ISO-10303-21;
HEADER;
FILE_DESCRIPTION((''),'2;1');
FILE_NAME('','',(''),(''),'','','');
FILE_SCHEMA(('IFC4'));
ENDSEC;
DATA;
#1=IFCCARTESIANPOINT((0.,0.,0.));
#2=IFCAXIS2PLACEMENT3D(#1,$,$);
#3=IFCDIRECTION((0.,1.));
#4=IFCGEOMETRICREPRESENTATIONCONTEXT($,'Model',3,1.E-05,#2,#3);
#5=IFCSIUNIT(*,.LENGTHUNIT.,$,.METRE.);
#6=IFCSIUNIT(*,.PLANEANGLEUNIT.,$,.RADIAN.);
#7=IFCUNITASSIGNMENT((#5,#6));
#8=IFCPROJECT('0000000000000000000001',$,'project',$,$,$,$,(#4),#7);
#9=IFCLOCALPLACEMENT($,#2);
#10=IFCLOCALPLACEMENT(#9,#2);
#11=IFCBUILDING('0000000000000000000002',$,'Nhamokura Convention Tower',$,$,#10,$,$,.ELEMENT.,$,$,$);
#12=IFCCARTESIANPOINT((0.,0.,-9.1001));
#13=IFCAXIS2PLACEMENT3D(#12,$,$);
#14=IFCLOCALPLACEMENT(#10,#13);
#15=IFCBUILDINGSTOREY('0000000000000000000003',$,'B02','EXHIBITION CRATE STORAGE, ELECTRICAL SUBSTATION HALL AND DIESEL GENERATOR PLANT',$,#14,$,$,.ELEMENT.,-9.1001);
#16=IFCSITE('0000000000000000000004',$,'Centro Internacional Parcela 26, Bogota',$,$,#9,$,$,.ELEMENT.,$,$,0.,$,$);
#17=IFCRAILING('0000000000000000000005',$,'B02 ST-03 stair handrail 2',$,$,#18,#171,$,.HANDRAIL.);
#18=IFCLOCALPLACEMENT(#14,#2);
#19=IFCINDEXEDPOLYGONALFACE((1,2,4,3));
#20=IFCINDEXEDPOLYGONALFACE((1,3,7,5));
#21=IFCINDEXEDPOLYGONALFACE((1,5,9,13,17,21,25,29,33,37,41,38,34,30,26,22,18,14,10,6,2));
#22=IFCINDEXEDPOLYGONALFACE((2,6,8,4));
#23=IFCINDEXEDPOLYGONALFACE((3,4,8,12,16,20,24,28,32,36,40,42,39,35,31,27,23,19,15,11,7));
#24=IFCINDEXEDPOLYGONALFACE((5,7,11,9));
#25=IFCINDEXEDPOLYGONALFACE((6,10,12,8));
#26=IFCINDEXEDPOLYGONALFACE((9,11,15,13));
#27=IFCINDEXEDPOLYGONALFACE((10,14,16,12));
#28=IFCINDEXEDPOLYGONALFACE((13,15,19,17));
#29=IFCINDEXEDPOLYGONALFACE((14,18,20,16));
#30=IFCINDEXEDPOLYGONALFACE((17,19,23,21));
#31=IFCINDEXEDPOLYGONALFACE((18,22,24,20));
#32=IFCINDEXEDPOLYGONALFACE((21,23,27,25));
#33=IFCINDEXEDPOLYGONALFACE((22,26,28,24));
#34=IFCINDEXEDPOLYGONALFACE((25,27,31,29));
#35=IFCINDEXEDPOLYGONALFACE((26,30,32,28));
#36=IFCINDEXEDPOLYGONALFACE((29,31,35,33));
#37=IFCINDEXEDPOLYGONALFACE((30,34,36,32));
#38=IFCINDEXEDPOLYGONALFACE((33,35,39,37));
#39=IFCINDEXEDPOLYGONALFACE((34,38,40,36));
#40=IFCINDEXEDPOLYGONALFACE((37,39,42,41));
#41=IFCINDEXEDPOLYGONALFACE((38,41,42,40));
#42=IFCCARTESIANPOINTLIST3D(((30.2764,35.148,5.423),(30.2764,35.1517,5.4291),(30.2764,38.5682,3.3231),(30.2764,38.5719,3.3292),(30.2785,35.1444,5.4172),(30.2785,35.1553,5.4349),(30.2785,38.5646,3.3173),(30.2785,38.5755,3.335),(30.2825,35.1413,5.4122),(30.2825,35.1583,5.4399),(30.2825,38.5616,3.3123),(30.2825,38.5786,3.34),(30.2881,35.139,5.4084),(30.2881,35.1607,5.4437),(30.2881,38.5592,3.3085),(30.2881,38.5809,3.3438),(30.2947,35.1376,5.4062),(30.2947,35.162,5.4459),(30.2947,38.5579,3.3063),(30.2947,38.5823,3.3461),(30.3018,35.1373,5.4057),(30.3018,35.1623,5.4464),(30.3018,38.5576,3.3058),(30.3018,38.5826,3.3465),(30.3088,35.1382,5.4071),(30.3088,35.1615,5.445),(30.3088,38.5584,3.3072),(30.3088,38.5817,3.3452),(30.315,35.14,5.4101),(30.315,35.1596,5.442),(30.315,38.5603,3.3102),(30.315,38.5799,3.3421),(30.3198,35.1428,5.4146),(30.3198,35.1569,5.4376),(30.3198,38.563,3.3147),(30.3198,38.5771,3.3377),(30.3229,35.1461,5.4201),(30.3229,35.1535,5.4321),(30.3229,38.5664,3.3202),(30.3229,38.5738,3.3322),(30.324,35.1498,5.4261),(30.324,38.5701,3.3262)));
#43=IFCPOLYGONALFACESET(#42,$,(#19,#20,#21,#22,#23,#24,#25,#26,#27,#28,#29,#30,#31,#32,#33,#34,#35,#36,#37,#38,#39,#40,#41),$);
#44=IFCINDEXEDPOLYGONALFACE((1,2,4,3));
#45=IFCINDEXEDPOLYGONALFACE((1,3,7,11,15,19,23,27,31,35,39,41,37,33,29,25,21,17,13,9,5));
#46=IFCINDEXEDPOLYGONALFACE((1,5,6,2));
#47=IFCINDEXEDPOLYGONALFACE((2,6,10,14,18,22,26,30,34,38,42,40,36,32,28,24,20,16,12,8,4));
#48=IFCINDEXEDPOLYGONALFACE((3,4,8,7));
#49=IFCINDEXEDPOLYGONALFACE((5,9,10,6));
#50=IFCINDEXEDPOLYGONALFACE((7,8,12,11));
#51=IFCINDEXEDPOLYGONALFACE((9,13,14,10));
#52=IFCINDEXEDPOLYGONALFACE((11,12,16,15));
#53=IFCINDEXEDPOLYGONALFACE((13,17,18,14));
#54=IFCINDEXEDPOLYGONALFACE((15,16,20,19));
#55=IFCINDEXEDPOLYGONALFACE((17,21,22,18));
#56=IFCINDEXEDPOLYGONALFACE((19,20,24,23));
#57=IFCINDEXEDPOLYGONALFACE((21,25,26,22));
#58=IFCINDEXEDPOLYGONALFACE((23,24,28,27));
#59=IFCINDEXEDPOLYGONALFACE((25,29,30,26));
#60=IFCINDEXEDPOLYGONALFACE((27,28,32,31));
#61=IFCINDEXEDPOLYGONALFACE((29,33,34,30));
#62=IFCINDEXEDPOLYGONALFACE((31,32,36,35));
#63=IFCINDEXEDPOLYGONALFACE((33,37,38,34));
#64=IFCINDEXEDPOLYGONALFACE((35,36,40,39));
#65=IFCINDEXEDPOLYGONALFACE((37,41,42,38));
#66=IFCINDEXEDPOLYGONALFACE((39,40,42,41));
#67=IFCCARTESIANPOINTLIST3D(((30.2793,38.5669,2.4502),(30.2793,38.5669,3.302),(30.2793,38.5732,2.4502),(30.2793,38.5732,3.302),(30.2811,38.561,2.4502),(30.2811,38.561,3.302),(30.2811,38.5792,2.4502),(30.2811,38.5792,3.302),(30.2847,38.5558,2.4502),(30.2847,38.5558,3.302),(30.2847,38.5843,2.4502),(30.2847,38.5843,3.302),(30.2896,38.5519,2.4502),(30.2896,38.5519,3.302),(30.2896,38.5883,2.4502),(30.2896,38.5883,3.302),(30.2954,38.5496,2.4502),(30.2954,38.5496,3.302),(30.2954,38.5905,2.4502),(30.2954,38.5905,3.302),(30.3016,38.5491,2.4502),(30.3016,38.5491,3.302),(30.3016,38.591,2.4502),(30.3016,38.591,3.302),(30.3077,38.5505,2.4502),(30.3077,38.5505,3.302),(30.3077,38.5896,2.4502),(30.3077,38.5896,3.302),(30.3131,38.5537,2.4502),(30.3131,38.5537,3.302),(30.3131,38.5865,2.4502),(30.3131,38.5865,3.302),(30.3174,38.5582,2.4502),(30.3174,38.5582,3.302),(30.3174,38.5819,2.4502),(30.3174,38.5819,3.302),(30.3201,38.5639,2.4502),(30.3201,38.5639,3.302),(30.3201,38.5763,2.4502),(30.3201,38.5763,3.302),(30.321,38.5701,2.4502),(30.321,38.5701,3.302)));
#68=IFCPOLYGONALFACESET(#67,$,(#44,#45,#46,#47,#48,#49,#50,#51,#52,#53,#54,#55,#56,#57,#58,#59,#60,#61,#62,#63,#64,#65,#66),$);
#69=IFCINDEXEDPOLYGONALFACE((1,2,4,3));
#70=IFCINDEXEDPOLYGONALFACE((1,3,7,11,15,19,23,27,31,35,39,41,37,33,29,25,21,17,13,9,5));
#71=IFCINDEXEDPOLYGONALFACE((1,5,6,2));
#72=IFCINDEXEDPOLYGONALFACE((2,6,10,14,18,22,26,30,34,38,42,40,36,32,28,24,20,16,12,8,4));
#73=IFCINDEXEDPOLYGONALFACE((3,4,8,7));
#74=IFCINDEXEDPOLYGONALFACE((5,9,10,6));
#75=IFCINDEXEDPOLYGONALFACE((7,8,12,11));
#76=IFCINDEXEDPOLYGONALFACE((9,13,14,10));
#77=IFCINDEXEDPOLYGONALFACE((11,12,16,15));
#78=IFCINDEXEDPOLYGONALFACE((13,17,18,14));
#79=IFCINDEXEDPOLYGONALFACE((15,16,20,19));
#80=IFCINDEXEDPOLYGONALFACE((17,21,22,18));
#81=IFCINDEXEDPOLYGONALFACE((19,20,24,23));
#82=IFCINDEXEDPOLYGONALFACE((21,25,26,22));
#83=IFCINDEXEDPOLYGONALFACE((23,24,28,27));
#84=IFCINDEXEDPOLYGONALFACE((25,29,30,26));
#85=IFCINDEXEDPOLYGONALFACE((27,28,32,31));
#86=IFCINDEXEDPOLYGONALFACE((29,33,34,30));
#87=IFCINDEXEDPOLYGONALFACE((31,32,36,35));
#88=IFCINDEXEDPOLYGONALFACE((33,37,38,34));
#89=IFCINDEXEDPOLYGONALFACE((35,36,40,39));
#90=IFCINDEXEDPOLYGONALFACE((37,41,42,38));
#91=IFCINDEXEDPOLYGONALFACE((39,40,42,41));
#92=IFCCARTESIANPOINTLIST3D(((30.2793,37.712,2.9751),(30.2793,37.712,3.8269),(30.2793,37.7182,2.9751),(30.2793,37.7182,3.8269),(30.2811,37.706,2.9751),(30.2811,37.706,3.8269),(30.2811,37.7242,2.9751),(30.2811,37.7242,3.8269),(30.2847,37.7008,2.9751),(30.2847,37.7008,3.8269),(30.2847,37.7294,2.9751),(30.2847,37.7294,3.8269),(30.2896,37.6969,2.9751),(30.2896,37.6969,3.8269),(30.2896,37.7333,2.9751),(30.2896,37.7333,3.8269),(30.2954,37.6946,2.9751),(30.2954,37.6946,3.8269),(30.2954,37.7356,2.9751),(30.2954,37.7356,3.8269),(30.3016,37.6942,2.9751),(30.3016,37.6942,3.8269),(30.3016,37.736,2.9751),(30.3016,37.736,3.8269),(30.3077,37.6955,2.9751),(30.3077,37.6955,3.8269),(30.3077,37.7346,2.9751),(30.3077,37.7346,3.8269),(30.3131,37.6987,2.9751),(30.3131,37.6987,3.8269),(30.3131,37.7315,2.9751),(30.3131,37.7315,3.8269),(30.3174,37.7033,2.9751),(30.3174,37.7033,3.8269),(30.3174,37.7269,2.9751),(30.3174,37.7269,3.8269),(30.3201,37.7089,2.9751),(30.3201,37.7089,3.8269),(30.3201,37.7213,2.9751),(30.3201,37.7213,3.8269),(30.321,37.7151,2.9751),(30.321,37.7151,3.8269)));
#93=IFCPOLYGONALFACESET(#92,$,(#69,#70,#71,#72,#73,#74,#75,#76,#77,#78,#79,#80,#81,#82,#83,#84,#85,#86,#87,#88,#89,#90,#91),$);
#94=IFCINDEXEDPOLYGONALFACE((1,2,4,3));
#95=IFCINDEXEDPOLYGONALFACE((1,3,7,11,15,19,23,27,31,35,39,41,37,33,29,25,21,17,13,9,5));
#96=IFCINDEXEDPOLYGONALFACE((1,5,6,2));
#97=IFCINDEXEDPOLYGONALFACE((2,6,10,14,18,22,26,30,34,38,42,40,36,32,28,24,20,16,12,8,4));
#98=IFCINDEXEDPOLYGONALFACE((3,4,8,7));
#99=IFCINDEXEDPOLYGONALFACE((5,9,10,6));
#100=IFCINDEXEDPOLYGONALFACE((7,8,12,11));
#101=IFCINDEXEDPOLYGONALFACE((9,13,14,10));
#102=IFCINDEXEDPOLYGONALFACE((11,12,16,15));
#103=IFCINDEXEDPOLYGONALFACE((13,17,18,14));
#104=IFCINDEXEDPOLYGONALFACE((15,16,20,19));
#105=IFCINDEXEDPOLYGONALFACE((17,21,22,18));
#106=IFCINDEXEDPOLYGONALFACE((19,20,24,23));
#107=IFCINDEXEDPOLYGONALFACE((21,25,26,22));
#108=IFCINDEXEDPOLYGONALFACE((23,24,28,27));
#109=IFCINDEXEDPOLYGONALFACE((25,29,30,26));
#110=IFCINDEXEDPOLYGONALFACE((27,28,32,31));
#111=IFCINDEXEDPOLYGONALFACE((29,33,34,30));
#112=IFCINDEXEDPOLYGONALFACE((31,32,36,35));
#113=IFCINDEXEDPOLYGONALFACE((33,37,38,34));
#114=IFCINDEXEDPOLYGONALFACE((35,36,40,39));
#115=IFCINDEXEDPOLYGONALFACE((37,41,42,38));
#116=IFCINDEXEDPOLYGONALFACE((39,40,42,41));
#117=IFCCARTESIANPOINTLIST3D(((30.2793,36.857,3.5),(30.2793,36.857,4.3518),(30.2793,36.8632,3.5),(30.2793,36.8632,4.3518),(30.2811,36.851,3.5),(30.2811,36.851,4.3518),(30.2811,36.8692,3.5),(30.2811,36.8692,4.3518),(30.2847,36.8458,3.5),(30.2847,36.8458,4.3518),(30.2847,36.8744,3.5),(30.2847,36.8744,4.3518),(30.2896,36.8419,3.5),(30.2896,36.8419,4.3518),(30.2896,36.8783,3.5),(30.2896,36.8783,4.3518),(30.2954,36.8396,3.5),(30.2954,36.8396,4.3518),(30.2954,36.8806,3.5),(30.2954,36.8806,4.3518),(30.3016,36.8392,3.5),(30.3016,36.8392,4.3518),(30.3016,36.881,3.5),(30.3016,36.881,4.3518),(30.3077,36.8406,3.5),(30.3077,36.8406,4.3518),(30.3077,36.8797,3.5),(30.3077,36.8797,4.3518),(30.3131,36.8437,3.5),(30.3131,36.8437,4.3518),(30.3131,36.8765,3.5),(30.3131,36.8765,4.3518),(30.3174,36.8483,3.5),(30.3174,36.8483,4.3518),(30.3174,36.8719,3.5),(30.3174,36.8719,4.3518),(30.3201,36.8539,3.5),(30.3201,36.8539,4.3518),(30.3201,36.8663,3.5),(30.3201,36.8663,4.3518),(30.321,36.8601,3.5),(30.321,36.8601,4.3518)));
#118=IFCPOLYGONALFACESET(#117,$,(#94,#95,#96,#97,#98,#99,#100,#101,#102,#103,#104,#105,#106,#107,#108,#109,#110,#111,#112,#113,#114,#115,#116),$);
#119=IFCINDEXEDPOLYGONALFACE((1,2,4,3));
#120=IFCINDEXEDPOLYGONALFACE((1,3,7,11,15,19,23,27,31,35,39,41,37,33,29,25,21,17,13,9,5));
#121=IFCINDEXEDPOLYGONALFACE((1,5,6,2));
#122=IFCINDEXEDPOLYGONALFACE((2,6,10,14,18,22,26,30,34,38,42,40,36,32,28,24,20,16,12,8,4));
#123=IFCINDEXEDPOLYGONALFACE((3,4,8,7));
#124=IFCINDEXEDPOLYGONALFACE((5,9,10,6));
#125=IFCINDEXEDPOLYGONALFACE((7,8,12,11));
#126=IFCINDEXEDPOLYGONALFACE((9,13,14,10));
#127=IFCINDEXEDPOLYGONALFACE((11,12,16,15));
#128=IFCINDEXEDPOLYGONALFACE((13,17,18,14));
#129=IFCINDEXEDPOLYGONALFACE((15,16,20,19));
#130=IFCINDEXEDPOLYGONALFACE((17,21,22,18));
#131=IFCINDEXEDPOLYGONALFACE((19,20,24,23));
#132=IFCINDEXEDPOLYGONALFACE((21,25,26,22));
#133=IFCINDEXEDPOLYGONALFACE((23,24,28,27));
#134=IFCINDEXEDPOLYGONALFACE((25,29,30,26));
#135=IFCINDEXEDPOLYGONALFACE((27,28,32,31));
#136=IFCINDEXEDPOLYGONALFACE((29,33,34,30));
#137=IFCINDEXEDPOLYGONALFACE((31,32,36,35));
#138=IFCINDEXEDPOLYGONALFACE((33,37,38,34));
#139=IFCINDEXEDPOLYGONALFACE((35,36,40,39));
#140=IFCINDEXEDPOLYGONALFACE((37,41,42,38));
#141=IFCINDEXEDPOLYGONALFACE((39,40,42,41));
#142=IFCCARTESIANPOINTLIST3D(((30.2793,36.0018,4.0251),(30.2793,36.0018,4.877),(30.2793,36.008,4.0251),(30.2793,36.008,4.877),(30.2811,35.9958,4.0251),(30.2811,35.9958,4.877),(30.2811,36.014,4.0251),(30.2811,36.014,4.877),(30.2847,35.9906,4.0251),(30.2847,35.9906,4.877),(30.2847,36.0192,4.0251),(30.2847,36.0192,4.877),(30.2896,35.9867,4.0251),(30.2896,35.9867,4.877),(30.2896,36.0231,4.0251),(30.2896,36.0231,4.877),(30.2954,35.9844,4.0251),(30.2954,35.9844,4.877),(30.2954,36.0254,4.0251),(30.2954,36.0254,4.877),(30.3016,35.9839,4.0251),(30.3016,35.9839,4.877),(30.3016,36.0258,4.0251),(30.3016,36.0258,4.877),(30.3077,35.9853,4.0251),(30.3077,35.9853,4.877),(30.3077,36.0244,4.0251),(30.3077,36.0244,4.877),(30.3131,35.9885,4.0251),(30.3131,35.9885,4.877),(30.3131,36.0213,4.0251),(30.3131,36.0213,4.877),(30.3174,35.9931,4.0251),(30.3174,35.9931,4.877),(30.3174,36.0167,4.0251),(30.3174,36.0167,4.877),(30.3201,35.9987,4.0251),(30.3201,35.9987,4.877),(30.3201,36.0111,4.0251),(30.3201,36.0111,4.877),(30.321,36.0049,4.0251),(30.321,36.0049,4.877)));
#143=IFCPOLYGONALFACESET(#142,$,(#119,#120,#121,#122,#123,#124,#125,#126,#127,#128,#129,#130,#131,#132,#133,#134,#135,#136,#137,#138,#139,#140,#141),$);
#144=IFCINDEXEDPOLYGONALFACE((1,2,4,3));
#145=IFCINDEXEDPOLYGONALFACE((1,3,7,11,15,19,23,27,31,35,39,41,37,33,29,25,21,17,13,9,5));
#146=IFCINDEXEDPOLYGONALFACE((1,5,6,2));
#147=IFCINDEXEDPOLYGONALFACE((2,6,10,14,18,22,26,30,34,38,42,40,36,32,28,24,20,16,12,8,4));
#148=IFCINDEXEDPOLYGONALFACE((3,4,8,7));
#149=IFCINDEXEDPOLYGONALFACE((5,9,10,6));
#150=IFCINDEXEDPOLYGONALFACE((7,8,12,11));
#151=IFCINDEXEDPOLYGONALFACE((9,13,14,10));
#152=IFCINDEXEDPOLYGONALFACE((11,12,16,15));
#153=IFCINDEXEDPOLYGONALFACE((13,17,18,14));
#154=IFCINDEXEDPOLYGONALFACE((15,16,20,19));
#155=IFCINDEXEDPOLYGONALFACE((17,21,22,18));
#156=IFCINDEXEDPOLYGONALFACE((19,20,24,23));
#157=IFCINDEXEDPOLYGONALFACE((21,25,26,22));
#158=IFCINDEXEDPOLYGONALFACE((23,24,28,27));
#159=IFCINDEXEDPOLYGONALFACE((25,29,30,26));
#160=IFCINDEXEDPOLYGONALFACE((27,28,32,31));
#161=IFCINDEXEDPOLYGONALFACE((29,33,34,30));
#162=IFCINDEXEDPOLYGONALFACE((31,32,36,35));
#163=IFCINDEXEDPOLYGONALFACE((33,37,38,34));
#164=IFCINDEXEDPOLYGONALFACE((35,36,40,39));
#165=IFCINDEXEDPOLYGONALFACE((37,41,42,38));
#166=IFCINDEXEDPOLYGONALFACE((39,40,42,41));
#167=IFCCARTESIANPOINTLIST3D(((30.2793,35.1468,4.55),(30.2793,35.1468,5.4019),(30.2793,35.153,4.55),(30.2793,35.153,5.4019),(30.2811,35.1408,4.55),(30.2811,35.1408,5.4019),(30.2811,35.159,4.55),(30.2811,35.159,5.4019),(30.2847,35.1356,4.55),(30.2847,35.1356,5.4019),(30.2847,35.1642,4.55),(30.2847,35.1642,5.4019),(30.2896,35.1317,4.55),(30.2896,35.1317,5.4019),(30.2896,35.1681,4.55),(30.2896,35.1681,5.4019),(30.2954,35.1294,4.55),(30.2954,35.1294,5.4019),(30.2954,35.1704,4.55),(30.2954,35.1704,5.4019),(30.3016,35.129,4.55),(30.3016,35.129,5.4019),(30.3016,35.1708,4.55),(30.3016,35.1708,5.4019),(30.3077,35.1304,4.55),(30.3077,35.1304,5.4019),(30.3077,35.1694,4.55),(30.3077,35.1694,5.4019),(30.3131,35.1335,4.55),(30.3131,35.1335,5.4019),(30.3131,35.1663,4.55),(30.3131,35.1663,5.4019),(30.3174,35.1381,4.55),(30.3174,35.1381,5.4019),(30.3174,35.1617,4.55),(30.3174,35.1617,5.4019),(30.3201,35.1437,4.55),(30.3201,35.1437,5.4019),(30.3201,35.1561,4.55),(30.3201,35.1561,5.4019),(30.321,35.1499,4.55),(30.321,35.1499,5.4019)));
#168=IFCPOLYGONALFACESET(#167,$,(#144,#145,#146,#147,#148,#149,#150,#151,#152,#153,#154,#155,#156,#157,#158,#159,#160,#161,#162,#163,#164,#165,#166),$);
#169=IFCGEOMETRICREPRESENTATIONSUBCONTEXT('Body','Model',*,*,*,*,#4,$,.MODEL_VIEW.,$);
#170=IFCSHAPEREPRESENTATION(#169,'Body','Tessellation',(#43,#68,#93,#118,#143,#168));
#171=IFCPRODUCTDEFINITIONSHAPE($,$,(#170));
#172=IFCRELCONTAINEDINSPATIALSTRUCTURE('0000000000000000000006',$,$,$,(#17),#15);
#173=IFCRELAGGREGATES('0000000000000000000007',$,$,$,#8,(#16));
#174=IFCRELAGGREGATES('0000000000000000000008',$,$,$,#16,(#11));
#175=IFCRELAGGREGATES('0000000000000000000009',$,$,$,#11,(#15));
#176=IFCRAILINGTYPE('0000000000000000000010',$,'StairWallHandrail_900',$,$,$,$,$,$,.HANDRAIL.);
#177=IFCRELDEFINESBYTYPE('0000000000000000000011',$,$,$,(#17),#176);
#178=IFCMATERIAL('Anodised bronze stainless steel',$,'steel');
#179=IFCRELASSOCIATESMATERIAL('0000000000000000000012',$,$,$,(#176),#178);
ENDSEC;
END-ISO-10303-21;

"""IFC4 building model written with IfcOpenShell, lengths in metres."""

from ifc_helpers import new_model, si_unit, direction, frame, origin, origin_2d, place, context, subcontext, project, spatial, circle, extrude, material, type_object, element, save


model = new_model("IFC4")

# Units and contexts
model_context = context("Model", 3, precision=1e-05, world=origin(), true_north=direction((0.0, 1.0)))
body_context = subcontext(model_context, "Body", "Model", "MODEL_VIEW")
ifc_project = project(units=[si_unit("LENGTHUNIT", "METRE"), si_unit("PLANEANGLEUNIT", "RADIAN")], contexts=[model_context])

# Site, building, storey
site_placement = place(None, origin())
site = spatial("IfcSite", under=ifc_project, at=site_placement, Name="Centro Internacional Parcela 26, Bogota", CompositionType="ELEMENT", RefElevation=0.0)
building_placement = place(site_placement, origin())
building = spatial("IfcBuilding", under=site, at=building_placement, Name="Nhamokura Convention Tower", CompositionType="ELEMENT")
storey_placement = place(building_placement, frame((0.0, 0.0, -9.1001)))
storey = spatial("IfcBuildingStorey", under=building, at=storey_placement, Name="B02", Description="EXHIBITION CRATE STORAGE, ELECTRICAL SUBSTATION HALL AND DIESEL GENERATOR PLANT", CompositionType="ELEMENT", Elevation=-9.1001)

# Railing
ifc_material_1 = material(Name="Anodised bronze stainless steel", Category="steel")
railing_type_1 = type_object("IfcRailingType", Name="StairWallHandrail_900", PredefinedType="HANDRAIL", material=ifc_material_1)
railing_1_placement = place(storey_placement, frame((30.3, 38.5701, 2.4502)))
element("IfcRailing", 1, at=railing_1_placement, inside=storey, type_object=railing_type_1, Name="B02 ST-03 stair handrail 2", PredefinedType="HANDRAIL", context=body_context, shape_type="SweptSolid", body=[
    extrude(circle(Radius=0.0239, at=origin_2d()), frame((0.0, 0.0, 0.876), z_axis=(0.0, -0.852199, 0.523218), x_axis=(1.0, 0.0, 0.0)), (0.0, 0.0, 1.0), 4.0134),
    extrude(circle(Radius=0.021, at=origin_2d()), origin(), (0.0, 0.0, 1.0), 0.8518),
    extrude(circle(Radius=0.021, at=origin_2d()), frame((0.0, -0.855, 0.5249)), (0.0, 0.0, 1.0), 0.8518),
    extrude(circle(Radius=0.021, at=origin_2d()), frame((0.0, -1.71, 1.0498)), (0.0, 0.0, 1.0), 0.8518),
    extrude(circle(Radius=0.021, at=origin_2d()), frame((0.0, -2.5652, 1.575)), (0.0, 0.0, 1.0), 0.8518),
    extrude(circle(Radius=0.021, at=origin_2d()), frame((0.0, -3.4202, 2.0999)), (0.0, 0.0, 1.0), 0.8518),
])

save(model, "model.ifc")
